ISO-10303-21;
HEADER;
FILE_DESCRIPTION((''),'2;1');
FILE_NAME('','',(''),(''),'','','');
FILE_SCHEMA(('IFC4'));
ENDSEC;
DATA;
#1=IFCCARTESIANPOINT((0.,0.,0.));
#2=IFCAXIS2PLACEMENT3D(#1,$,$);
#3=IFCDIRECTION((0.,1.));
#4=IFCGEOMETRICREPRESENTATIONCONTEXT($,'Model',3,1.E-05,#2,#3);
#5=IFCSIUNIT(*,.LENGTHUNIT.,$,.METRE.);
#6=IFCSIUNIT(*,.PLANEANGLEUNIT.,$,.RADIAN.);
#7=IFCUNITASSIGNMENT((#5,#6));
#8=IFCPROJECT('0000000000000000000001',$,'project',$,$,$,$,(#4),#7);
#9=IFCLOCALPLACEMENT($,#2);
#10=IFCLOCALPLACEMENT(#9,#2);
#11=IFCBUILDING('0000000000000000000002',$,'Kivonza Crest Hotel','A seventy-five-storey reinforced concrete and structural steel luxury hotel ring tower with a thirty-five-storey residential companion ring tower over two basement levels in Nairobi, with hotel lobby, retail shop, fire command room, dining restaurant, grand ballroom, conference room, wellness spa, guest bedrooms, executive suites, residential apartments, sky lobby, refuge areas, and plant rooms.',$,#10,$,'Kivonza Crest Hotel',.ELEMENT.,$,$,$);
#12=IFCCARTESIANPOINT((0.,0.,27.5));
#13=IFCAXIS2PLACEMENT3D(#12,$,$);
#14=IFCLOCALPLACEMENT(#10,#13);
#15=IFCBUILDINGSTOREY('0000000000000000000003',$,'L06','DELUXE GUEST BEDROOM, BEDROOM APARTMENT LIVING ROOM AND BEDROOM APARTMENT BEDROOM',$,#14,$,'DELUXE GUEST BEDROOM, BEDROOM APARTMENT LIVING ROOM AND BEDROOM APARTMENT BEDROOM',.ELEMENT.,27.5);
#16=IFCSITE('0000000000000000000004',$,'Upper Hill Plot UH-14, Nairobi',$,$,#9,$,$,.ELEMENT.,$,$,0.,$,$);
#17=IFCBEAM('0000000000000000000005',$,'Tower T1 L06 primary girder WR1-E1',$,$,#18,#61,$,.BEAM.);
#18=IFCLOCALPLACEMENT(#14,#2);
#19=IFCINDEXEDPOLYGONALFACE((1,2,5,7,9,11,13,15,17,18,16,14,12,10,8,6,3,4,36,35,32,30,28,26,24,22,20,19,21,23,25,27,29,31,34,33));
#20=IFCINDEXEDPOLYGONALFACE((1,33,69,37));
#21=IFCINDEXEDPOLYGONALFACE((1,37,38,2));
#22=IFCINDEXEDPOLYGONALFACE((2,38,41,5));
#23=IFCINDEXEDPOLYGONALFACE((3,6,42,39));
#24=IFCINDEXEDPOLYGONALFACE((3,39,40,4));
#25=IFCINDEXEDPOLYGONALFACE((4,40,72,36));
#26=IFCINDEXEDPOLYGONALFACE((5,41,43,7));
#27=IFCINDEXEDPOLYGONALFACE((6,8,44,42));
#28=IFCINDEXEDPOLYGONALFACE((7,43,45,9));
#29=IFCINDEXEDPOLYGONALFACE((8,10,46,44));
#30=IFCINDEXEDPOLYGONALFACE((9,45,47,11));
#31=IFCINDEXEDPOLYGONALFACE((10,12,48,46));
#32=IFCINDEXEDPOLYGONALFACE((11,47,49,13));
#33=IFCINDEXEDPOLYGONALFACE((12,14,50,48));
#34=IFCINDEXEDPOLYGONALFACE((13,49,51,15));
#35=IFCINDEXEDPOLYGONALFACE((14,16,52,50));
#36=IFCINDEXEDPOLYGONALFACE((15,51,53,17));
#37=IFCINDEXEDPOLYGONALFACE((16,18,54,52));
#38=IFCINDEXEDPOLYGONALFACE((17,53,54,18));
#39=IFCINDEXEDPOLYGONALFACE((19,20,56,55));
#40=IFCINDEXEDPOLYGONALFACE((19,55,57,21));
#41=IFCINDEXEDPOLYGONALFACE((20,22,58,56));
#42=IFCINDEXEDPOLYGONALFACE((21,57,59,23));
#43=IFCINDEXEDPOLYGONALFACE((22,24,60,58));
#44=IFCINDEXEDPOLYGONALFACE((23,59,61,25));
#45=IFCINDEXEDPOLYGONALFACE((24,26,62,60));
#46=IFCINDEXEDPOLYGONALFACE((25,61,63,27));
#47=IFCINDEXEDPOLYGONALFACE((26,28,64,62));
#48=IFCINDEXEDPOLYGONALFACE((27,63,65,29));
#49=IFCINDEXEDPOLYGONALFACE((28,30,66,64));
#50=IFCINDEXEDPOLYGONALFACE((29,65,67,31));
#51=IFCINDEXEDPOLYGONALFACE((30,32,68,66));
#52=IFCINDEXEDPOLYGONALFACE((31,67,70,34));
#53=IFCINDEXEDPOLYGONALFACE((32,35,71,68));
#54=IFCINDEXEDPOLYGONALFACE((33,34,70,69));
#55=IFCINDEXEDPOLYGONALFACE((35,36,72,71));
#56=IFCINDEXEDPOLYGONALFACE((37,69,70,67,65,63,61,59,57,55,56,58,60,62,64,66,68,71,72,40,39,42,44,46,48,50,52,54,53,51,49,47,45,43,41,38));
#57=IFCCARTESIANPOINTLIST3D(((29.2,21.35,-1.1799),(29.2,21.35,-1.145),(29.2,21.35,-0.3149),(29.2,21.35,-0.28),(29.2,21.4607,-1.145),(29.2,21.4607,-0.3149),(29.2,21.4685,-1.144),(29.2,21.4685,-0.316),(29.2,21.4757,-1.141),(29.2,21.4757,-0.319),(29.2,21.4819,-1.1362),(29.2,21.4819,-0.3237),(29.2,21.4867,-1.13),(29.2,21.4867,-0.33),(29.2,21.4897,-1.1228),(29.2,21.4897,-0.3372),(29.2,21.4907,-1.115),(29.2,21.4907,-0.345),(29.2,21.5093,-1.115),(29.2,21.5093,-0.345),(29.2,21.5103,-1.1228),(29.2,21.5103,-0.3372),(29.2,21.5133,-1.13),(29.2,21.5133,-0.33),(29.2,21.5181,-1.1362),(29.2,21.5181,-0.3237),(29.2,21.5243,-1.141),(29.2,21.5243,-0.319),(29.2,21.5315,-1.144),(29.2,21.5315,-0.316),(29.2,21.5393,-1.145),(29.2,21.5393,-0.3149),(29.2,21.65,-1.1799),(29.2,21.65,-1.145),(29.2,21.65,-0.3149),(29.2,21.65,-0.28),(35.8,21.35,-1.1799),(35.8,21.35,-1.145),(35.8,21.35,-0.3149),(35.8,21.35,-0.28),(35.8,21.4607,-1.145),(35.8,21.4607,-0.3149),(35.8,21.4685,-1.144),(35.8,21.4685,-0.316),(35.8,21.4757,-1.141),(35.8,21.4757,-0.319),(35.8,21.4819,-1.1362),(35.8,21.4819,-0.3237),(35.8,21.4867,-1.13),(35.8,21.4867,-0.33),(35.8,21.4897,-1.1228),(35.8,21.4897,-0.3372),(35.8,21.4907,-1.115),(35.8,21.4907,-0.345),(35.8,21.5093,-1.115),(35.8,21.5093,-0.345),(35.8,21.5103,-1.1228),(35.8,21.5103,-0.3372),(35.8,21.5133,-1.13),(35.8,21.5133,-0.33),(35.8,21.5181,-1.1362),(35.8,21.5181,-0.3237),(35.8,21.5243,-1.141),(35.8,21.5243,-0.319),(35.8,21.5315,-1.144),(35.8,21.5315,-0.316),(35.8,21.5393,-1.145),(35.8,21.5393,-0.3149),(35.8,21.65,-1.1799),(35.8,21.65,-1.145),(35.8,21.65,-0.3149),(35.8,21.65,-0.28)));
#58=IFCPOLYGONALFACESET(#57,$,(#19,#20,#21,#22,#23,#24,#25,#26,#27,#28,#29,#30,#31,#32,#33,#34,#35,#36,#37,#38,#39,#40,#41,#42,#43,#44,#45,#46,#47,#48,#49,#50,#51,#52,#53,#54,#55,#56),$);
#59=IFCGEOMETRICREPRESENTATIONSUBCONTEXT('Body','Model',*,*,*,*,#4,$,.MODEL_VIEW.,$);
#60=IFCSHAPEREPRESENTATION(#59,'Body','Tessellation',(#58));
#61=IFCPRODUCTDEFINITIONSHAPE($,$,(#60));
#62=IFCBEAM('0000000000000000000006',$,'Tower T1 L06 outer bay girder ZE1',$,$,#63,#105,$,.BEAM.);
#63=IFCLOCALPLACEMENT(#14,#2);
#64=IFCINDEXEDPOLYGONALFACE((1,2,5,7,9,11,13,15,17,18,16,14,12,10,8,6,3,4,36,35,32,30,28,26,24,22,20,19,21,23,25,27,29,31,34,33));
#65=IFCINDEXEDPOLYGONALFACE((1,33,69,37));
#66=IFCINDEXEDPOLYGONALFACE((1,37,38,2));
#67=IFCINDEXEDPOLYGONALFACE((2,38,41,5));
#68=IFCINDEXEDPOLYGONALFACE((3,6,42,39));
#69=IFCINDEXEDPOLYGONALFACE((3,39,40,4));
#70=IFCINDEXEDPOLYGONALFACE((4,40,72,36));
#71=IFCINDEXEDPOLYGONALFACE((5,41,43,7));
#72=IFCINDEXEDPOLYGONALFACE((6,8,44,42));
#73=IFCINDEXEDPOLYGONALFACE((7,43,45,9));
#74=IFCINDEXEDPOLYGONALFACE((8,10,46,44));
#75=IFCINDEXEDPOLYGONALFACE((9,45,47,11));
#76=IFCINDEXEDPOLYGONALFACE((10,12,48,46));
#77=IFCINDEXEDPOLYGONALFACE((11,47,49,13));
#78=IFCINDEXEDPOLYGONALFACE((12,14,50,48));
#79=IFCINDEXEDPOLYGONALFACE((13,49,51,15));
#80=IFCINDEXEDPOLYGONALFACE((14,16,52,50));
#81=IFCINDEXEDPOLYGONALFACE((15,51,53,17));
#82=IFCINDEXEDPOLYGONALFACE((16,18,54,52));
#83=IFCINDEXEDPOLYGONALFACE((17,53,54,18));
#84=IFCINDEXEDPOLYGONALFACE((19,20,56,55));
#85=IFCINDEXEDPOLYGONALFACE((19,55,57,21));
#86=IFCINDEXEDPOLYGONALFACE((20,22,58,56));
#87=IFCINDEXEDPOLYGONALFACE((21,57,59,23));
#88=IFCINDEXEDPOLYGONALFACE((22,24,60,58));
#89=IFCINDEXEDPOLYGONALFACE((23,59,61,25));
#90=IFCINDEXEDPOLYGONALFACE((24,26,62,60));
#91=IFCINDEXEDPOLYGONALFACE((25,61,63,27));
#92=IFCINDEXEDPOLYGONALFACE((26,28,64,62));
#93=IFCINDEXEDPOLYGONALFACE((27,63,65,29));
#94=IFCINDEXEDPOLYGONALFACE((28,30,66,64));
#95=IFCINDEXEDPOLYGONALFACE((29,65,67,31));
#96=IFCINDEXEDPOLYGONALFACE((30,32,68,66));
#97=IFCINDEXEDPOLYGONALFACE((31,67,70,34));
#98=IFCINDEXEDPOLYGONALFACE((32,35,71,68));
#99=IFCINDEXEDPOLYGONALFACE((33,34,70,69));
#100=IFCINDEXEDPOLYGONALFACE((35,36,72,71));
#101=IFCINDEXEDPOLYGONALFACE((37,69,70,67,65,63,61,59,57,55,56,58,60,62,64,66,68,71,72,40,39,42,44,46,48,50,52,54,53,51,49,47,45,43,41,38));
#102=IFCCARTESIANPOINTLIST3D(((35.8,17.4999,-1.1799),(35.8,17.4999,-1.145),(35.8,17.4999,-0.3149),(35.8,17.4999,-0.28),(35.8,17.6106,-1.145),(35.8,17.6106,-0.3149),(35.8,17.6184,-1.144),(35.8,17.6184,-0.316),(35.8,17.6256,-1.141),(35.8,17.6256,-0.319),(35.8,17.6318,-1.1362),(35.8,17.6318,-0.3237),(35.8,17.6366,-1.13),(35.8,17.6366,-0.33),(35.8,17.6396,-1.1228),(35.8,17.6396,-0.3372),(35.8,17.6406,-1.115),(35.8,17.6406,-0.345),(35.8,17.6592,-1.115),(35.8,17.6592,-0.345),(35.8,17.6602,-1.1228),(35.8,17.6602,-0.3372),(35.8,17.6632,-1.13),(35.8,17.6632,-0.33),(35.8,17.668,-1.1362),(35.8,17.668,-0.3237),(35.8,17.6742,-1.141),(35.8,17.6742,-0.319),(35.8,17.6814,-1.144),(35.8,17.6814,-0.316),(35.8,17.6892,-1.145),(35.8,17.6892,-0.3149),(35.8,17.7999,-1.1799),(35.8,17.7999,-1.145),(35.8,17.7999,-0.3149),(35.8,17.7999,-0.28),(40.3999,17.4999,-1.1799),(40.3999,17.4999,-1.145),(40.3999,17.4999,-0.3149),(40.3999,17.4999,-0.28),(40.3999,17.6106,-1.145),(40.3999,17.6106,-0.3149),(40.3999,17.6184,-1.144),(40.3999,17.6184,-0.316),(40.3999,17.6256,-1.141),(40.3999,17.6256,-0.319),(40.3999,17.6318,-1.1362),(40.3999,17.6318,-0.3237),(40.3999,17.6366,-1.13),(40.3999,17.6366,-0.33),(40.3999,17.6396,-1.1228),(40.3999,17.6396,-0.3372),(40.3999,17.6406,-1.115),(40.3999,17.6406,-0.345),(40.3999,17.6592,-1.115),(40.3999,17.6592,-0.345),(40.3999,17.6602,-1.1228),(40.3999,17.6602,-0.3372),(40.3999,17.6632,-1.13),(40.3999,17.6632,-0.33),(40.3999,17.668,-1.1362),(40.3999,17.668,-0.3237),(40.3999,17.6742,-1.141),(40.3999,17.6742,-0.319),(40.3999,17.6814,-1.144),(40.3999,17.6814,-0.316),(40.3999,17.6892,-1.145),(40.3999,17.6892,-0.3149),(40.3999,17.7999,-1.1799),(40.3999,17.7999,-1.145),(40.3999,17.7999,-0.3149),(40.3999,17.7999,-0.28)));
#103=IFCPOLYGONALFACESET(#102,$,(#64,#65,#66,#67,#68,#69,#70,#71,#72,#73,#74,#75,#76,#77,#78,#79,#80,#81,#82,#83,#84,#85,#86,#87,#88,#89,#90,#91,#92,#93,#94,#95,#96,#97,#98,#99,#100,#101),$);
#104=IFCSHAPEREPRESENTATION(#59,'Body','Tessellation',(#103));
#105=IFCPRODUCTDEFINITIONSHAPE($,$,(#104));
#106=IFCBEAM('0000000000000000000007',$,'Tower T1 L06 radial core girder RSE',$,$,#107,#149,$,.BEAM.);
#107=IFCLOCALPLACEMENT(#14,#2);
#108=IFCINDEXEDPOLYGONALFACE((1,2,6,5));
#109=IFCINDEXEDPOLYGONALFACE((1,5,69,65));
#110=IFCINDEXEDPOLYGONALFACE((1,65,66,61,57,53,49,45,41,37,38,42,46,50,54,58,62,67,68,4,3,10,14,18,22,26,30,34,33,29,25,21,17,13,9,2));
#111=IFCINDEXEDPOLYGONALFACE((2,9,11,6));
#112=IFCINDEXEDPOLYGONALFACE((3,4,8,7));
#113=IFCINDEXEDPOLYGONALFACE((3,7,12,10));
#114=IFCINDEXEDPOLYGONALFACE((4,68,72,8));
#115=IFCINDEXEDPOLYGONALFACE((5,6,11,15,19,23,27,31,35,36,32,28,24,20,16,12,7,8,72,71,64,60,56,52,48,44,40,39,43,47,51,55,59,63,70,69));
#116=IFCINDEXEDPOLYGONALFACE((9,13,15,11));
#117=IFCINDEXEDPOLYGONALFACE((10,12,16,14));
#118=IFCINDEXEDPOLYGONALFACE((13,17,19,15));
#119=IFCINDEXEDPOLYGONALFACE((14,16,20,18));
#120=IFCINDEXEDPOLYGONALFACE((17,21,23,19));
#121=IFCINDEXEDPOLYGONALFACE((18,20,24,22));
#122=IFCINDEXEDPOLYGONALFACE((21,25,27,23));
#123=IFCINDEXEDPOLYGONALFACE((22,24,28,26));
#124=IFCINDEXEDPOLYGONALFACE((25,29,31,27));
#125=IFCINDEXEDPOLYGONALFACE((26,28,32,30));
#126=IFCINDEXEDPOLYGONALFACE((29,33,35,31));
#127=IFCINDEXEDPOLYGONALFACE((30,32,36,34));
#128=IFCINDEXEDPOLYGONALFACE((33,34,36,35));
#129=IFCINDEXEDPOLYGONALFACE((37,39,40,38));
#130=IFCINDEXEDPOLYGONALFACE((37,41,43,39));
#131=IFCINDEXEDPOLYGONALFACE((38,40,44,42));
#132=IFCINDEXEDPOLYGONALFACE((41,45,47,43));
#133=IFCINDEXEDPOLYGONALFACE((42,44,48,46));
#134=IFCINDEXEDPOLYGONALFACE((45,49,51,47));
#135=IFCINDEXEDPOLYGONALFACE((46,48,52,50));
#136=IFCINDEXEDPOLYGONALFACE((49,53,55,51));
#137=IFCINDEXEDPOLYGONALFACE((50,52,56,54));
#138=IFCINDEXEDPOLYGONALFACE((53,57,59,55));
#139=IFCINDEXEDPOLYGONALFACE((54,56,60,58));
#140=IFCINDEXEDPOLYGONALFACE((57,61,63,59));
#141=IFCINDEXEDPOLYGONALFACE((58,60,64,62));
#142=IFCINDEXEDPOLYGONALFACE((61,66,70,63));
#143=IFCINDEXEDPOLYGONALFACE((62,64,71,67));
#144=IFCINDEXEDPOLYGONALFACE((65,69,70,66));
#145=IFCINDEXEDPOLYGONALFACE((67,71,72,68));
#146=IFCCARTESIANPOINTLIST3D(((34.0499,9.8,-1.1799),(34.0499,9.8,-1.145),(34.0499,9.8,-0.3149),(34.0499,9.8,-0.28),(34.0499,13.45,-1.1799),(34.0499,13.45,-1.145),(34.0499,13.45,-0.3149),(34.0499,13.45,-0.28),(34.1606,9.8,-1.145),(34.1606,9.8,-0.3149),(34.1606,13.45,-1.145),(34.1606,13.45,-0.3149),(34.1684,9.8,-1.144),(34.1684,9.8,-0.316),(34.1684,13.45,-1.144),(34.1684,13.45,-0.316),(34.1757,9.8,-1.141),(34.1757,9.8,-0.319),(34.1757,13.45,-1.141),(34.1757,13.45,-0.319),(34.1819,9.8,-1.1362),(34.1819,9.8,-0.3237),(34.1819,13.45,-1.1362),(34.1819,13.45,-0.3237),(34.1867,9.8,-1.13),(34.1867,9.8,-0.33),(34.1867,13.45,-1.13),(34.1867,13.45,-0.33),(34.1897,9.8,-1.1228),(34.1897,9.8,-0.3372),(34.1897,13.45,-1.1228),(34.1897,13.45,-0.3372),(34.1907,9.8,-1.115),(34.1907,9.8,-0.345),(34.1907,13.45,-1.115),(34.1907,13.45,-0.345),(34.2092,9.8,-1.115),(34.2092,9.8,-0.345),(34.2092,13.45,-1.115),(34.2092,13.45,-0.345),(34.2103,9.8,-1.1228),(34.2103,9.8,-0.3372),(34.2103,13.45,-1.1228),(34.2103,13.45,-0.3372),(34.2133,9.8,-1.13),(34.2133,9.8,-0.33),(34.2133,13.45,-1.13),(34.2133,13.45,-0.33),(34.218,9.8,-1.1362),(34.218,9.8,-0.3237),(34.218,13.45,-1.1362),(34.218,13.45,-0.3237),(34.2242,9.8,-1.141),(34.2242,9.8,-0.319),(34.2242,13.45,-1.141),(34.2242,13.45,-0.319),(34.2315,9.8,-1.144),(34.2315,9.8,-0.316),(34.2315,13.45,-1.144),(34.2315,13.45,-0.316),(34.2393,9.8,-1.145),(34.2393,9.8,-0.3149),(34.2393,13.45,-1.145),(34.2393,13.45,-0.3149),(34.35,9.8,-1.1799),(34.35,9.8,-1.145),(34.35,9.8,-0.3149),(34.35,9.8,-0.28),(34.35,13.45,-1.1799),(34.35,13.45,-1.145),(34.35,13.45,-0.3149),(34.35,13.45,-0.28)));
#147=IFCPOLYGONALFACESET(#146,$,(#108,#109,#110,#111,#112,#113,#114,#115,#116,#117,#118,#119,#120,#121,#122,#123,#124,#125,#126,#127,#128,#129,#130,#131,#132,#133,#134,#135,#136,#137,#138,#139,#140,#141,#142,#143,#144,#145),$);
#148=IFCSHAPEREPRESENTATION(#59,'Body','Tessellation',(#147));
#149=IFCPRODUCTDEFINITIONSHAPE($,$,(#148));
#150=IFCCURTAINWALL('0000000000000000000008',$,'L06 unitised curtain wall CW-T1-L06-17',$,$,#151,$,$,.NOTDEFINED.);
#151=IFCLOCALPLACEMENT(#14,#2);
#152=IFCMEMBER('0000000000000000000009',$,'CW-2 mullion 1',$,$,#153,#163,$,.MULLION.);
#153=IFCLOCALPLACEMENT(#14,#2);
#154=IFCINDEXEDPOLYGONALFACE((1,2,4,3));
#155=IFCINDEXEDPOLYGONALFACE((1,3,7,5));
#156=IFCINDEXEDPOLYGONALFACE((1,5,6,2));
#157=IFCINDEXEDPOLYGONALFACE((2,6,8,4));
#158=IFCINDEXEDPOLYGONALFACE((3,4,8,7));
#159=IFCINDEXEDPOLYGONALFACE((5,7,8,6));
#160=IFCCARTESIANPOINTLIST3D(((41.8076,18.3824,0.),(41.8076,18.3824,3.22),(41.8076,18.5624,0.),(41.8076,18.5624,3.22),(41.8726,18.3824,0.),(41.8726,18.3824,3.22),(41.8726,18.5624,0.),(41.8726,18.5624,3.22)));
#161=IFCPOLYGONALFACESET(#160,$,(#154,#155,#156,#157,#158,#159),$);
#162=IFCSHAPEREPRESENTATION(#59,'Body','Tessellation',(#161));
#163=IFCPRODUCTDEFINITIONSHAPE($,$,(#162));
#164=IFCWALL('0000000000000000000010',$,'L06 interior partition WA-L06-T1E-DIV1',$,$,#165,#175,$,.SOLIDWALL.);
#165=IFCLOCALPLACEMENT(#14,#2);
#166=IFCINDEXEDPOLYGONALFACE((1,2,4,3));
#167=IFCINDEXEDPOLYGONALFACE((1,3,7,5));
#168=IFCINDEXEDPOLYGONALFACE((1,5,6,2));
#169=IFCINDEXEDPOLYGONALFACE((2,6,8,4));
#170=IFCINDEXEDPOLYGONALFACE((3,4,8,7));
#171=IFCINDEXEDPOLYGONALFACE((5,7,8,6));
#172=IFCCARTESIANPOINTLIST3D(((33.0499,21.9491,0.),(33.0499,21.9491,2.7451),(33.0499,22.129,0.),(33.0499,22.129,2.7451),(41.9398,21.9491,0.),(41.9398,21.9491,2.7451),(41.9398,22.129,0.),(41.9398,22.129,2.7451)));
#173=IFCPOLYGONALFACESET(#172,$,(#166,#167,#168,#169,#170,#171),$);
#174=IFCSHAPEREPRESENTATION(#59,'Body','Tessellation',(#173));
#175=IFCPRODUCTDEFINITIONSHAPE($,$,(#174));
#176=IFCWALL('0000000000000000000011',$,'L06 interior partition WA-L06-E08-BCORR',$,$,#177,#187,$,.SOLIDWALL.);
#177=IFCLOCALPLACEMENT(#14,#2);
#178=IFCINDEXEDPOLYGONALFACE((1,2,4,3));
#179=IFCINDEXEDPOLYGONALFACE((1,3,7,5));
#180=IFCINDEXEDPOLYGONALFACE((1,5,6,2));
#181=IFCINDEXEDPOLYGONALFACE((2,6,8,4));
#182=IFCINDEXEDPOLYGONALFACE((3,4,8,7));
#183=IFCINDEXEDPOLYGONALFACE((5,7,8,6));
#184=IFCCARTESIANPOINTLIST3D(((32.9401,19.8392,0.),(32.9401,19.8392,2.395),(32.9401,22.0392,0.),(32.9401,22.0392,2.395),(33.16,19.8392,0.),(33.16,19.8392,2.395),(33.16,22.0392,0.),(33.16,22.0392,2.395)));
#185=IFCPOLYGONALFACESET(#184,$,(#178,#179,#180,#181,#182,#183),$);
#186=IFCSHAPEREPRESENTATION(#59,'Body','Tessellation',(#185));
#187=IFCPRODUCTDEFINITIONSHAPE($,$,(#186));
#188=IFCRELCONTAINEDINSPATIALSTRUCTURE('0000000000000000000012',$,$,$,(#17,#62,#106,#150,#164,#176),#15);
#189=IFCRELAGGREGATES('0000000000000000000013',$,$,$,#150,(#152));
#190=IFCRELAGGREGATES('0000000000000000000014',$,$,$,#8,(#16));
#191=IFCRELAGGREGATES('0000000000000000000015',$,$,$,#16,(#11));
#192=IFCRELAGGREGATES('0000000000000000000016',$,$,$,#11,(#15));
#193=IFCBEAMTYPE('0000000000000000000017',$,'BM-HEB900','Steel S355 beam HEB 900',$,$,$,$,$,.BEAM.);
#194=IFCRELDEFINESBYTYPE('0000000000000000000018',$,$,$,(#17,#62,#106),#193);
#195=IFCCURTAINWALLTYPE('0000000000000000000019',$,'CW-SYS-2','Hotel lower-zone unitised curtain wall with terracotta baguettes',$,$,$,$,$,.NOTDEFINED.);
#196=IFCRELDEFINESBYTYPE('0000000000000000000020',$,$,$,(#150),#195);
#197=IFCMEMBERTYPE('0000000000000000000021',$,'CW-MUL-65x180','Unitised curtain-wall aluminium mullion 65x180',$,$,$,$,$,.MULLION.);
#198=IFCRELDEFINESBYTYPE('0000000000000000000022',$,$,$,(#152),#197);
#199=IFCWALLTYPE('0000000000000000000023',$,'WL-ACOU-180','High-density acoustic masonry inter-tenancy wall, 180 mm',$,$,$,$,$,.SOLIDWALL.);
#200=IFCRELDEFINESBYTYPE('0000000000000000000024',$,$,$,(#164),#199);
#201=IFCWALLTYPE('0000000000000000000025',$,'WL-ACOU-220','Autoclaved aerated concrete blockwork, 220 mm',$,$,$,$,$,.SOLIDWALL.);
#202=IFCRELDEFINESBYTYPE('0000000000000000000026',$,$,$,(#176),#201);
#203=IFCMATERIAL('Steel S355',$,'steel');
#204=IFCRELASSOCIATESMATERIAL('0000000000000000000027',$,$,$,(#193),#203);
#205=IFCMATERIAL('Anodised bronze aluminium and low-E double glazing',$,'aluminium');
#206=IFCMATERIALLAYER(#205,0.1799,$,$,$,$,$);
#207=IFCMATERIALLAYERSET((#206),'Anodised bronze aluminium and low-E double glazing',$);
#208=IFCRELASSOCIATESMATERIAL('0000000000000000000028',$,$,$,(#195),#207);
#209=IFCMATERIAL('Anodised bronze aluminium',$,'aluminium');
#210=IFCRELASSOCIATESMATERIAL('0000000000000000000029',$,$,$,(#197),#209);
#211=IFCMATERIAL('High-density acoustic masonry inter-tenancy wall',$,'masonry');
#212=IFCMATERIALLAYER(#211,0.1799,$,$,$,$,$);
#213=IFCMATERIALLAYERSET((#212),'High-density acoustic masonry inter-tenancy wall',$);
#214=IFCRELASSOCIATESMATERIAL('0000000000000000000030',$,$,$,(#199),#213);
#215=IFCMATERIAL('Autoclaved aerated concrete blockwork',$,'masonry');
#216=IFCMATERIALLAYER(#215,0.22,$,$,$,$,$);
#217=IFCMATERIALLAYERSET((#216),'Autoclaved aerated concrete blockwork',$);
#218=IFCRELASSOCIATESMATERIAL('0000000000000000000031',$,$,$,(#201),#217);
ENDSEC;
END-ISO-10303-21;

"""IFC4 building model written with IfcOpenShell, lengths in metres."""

from ifc_helpers import new_model, si_unit, direction, frame, frame_2d, origin, origin_2d, place, context, subcontext, project, spatial, rectangle, i_section, extrude, material, layer, layer_set, material_profile, profile_set, type_object, element, aggregate, save


model = new_model("IFC4")

# Units and contexts
model_context = context("Model", 3, precision=1e-05, world=origin(), true_north=direction((0.0, 1.0)))
body_context = subcontext(model_context, "Body", "Model", "MODEL_VIEW")
ifc_project = project(units=[si_unit("LENGTHUNIT", "METRE"), si_unit("PLANEANGLEUNIT", "RADIAN")], contexts=[model_context])

# Site, building, storey
site_placement = place(None, origin())
site = spatial("IfcSite", under=ifc_project, at=site_placement, Name="Upper Hill Plot UH-14, Nairobi", CompositionType="ELEMENT", RefElevation=0.0)
building_placement = place(site_placement, origin())
building = spatial("IfcBuilding", under=site, at=building_placement, Name="Kivonza Crest Hotel", Description="A seventy-five-storey reinforced concrete and structural steel luxury hotel ring tower with a thirty-five-storey residential companion ring tower over two basement levels in Nairobi, with hotel lobby, retail shop, fire command room, dining restaurant, grand ballroom, conference room, wellness spa, guest bedrooms, executive suites, residential apartments, sky lobby, refuge areas, and plant rooms.", LongName="Kivonza Crest Hotel", CompositionType="ELEMENT")
storey_placement = place(building_placement, frame((0.0, 0.0, 27.5)))
storey = spatial("IfcBuildingStorey", under=building, at=storey_placement, Name="L06", Description="DELUXE GUEST BEDROOM, BEDROOM APARTMENT LIVING ROOM AND BEDROOM APARTMENT BEDROOM", LongName="DELUXE GUEST BEDROOM, BEDROOM APARTMENT LIVING ROOM AND BEDROOM APARTMENT BEDROOM", CompositionType="ELEMENT", Elevation=27.5)

# Beams
ifc_material_1 = material(Name="Steel S355", Category="steel")
ifc_material_profile_1 = material_profile(ifc_material_1, i_section(OverallWidth=0.3, OverallDepth=0.8999, WebThickness=0.0186, FlangeThickness=0.0349, FilletRadius=0.03, at=origin_2d()), Name="HEB 900")
ifc_profile_set_1 = profile_set([ifc_material_profile_1], Name="Steel S355")
beam_type_1 = type_object("IfcBeamType", Name="BM-HEB900", Description="Steel S355 beam HEB 900", PredefinedType="BEAM", material=ifc_profile_set_1)
beam_1_placement = place(storey_placement, frame((29.2, 21.5, -0.73), z_axis=(1.0, 0.0, 0.0), x_axis=(0.0, 1.0, 0.0)))
element("IfcBeam", 1, at=beam_1_placement, inside=storey, type_object=beam_type_1, Name="Tower T1 L06 primary girder WR1-E1", PredefinedType="BEAM", context=body_context, shape_type="SweptSolid", body=[
    extrude(i_section(OverallWidth=0.3, OverallDepth=0.8999, WebThickness=0.0186, FlangeThickness=0.0349, FilletRadius=0.03, at=origin_2d()), origin(), (0.0, 0.0, 1.0), 6.6001),
])
beam_2_placement = place(storey_placement, frame((40.3999, 17.6499, -0.73), z_axis=(-1.0, 0.0, 0.0), x_axis=(0.0, -1.0, 0.0)))
element("IfcBeam", 2, at=beam_2_placement, inside=storey, type_object=beam_type_1, Name="Tower T1 L06 outer bay girder ZE1", PredefinedType="BEAM", context=body_context, shape_type="SweptSolid", body=[
    extrude(i_section(OverallWidth=0.3, OverallDepth=0.8999, WebThickness=0.0186, FlangeThickness=0.0349, FilletRadius=0.03, at=origin_2d()), origin(), (0.0, 0.0, 1.0), 4.5999),
])
beam_3_placement = place(storey_placement, frame((34.2, 9.8, -0.73), z_axis=(0.0, 1.0, 0.0), x_axis=(-1.0, 0.0, 0.0)))
element("IfcBeam", 3, at=beam_3_placement, inside=storey, type_object=beam_type_1, Name="Tower T1 L06 radial core girder RSE", PredefinedType="BEAM", context=body_context, shape_type="SweptSolid", body=[
    extrude(i_section(OverallWidth=0.3, OverallDepth=0.8999, WebThickness=0.0186, FlangeThickness=0.0349, FilletRadius=0.03, at=origin_2d()), origin(), (0.0, 0.0, 1.0), 3.6499),
])

# Curtain wall, member
ifc_material_2 = material(Name="Anodised bronze aluminium and low-E double glazing", Category="aluminium")
ifc_layer_1 = layer(ifc_material_2, 0.1799)
ifc_layer_set_1 = layer_set([ifc_layer_1], Name="Anodised bronze aluminium and low-E double glazing")
curtain_wall_type = type_object("IfcCurtainWallType", Name="CW-SYS-2", Description="Hotel lower-zone unitised curtain wall with terracotta baguettes", PredefinedType="NOTDEFINED", material=ifc_layer_set_1)
curtain_wall_placement = place(storey_placement, origin())
curtain_wall = element("IfcCurtainWall", 4, at=curtain_wall_placement, inside=storey, type_object=curtain_wall_type, Name="L06 unitised curtain wall CW-T1-L06-17", PredefinedType="NOTDEFINED")
ifc_material_3 = material(Name="Anodised bronze aluminium", Category="aluminium")
ifc_material_profile_2 = material_profile(ifc_material_3, rectangle(XDim=0.0649, YDim=0.1799, at=origin_2d()), Name="CW-M 65x180")
ifc_profile_set_2 = profile_set([ifc_material_profile_2], Name="Anodised bronze aluminium")
member_type = type_object("IfcMemberType", Name="CW-MUL-65x180", Description="Unitised curtain-wall aluminium mullion 65x180", PredefinedType="MULLION", material=ifc_profile_set_2)
member_placement = place(storey_placement, frame((41.8401, 18.4724, 0.0), z_axis=(0.0, 0.0, 1.0), x_axis=(-1.0, 0.0, 0.0)))
member = element("IfcMember", 5, at=member_placement, type_object=member_type, Name="CW-2 mullion 1", PredefinedType="MULLION", context=body_context, shape_type="SweptSolid", body=[
    extrude(rectangle(XDim=0.0649, YDim=0.1799, at=origin_2d()), origin(), (0.0, 0.0, 1.0), 3.22),
])
aggregate(curtain_wall, [member])

# Walls
ifc_material_4 = material(Name="High-density acoustic masonry inter-tenancy wall", Category="masonry")
ifc_layer_2 = layer(ifc_material_4, 0.1799)
ifc_layer_set_2 = layer_set([ifc_layer_2], Name="High-density acoustic masonry inter-tenancy wall")
wall_type_1 = type_object("IfcWallType", Name="WL-ACOU-180", Description="High-density acoustic masonry inter-tenancy wall, 180 mm", PredefinedType="SOLIDWALL", material=ifc_layer_set_2)
wall_1_placement = place(storey_placement, frame((33.05, 22.0391, 0.0), z_axis=(0.0, 0.0, 1.0), x_axis=(1.0, 0.0, 0.0)))
element("IfcWall", 6, at=wall_1_placement, inside=storey, type_object=wall_type_1, Name="L06 interior partition WA-L06-T1E-DIV1", PredefinedType="SOLIDWALL", context=body_context, shape_type="SweptSolid", body=[
    extrude(rectangle(XDim=8.8899, YDim=0.1799, at=frame_2d((4.4448, 0.0))), origin(), (0.0, 0.0, 1.0), 2.7451),
])
ifc_material_5 = material(Name="Autoclaved aerated concrete blockwork", Category="masonry")
ifc_layer_3 = layer(ifc_material_5, 0.22)
ifc_layer_set_3 = layer_set([ifc_layer_3], Name="Autoclaved aerated concrete blockwork")
wall_type_2 = type_object("IfcWallType", Name="WL-ACOU-220", Description="Autoclaved aerated concrete blockwork, 220 mm", PredefinedType="SOLIDWALL", material=ifc_layer_set_3)
wall_2_placement = place(storey_placement, frame((33.05, 19.8391, 0.0), z_axis=(0.0, 0.0, 1.0), x_axis=(0.0, 1.0, 0.0)))
element("IfcWall", 7, at=wall_2_placement, inside=storey, type_object=wall_type_2, Name="L06 interior partition WA-L06-E08-BCORR", PredefinedType="SOLIDWALL", context=body_context, shape_type="SweptSolid", body=[
    extrude(rectangle(XDim=2.2, YDim=0.22, at=frame_2d((1.1001, 0.0))), origin(), (0.0, 0.0, 1.0), 2.395),
])

save(model, "model.ifc")
